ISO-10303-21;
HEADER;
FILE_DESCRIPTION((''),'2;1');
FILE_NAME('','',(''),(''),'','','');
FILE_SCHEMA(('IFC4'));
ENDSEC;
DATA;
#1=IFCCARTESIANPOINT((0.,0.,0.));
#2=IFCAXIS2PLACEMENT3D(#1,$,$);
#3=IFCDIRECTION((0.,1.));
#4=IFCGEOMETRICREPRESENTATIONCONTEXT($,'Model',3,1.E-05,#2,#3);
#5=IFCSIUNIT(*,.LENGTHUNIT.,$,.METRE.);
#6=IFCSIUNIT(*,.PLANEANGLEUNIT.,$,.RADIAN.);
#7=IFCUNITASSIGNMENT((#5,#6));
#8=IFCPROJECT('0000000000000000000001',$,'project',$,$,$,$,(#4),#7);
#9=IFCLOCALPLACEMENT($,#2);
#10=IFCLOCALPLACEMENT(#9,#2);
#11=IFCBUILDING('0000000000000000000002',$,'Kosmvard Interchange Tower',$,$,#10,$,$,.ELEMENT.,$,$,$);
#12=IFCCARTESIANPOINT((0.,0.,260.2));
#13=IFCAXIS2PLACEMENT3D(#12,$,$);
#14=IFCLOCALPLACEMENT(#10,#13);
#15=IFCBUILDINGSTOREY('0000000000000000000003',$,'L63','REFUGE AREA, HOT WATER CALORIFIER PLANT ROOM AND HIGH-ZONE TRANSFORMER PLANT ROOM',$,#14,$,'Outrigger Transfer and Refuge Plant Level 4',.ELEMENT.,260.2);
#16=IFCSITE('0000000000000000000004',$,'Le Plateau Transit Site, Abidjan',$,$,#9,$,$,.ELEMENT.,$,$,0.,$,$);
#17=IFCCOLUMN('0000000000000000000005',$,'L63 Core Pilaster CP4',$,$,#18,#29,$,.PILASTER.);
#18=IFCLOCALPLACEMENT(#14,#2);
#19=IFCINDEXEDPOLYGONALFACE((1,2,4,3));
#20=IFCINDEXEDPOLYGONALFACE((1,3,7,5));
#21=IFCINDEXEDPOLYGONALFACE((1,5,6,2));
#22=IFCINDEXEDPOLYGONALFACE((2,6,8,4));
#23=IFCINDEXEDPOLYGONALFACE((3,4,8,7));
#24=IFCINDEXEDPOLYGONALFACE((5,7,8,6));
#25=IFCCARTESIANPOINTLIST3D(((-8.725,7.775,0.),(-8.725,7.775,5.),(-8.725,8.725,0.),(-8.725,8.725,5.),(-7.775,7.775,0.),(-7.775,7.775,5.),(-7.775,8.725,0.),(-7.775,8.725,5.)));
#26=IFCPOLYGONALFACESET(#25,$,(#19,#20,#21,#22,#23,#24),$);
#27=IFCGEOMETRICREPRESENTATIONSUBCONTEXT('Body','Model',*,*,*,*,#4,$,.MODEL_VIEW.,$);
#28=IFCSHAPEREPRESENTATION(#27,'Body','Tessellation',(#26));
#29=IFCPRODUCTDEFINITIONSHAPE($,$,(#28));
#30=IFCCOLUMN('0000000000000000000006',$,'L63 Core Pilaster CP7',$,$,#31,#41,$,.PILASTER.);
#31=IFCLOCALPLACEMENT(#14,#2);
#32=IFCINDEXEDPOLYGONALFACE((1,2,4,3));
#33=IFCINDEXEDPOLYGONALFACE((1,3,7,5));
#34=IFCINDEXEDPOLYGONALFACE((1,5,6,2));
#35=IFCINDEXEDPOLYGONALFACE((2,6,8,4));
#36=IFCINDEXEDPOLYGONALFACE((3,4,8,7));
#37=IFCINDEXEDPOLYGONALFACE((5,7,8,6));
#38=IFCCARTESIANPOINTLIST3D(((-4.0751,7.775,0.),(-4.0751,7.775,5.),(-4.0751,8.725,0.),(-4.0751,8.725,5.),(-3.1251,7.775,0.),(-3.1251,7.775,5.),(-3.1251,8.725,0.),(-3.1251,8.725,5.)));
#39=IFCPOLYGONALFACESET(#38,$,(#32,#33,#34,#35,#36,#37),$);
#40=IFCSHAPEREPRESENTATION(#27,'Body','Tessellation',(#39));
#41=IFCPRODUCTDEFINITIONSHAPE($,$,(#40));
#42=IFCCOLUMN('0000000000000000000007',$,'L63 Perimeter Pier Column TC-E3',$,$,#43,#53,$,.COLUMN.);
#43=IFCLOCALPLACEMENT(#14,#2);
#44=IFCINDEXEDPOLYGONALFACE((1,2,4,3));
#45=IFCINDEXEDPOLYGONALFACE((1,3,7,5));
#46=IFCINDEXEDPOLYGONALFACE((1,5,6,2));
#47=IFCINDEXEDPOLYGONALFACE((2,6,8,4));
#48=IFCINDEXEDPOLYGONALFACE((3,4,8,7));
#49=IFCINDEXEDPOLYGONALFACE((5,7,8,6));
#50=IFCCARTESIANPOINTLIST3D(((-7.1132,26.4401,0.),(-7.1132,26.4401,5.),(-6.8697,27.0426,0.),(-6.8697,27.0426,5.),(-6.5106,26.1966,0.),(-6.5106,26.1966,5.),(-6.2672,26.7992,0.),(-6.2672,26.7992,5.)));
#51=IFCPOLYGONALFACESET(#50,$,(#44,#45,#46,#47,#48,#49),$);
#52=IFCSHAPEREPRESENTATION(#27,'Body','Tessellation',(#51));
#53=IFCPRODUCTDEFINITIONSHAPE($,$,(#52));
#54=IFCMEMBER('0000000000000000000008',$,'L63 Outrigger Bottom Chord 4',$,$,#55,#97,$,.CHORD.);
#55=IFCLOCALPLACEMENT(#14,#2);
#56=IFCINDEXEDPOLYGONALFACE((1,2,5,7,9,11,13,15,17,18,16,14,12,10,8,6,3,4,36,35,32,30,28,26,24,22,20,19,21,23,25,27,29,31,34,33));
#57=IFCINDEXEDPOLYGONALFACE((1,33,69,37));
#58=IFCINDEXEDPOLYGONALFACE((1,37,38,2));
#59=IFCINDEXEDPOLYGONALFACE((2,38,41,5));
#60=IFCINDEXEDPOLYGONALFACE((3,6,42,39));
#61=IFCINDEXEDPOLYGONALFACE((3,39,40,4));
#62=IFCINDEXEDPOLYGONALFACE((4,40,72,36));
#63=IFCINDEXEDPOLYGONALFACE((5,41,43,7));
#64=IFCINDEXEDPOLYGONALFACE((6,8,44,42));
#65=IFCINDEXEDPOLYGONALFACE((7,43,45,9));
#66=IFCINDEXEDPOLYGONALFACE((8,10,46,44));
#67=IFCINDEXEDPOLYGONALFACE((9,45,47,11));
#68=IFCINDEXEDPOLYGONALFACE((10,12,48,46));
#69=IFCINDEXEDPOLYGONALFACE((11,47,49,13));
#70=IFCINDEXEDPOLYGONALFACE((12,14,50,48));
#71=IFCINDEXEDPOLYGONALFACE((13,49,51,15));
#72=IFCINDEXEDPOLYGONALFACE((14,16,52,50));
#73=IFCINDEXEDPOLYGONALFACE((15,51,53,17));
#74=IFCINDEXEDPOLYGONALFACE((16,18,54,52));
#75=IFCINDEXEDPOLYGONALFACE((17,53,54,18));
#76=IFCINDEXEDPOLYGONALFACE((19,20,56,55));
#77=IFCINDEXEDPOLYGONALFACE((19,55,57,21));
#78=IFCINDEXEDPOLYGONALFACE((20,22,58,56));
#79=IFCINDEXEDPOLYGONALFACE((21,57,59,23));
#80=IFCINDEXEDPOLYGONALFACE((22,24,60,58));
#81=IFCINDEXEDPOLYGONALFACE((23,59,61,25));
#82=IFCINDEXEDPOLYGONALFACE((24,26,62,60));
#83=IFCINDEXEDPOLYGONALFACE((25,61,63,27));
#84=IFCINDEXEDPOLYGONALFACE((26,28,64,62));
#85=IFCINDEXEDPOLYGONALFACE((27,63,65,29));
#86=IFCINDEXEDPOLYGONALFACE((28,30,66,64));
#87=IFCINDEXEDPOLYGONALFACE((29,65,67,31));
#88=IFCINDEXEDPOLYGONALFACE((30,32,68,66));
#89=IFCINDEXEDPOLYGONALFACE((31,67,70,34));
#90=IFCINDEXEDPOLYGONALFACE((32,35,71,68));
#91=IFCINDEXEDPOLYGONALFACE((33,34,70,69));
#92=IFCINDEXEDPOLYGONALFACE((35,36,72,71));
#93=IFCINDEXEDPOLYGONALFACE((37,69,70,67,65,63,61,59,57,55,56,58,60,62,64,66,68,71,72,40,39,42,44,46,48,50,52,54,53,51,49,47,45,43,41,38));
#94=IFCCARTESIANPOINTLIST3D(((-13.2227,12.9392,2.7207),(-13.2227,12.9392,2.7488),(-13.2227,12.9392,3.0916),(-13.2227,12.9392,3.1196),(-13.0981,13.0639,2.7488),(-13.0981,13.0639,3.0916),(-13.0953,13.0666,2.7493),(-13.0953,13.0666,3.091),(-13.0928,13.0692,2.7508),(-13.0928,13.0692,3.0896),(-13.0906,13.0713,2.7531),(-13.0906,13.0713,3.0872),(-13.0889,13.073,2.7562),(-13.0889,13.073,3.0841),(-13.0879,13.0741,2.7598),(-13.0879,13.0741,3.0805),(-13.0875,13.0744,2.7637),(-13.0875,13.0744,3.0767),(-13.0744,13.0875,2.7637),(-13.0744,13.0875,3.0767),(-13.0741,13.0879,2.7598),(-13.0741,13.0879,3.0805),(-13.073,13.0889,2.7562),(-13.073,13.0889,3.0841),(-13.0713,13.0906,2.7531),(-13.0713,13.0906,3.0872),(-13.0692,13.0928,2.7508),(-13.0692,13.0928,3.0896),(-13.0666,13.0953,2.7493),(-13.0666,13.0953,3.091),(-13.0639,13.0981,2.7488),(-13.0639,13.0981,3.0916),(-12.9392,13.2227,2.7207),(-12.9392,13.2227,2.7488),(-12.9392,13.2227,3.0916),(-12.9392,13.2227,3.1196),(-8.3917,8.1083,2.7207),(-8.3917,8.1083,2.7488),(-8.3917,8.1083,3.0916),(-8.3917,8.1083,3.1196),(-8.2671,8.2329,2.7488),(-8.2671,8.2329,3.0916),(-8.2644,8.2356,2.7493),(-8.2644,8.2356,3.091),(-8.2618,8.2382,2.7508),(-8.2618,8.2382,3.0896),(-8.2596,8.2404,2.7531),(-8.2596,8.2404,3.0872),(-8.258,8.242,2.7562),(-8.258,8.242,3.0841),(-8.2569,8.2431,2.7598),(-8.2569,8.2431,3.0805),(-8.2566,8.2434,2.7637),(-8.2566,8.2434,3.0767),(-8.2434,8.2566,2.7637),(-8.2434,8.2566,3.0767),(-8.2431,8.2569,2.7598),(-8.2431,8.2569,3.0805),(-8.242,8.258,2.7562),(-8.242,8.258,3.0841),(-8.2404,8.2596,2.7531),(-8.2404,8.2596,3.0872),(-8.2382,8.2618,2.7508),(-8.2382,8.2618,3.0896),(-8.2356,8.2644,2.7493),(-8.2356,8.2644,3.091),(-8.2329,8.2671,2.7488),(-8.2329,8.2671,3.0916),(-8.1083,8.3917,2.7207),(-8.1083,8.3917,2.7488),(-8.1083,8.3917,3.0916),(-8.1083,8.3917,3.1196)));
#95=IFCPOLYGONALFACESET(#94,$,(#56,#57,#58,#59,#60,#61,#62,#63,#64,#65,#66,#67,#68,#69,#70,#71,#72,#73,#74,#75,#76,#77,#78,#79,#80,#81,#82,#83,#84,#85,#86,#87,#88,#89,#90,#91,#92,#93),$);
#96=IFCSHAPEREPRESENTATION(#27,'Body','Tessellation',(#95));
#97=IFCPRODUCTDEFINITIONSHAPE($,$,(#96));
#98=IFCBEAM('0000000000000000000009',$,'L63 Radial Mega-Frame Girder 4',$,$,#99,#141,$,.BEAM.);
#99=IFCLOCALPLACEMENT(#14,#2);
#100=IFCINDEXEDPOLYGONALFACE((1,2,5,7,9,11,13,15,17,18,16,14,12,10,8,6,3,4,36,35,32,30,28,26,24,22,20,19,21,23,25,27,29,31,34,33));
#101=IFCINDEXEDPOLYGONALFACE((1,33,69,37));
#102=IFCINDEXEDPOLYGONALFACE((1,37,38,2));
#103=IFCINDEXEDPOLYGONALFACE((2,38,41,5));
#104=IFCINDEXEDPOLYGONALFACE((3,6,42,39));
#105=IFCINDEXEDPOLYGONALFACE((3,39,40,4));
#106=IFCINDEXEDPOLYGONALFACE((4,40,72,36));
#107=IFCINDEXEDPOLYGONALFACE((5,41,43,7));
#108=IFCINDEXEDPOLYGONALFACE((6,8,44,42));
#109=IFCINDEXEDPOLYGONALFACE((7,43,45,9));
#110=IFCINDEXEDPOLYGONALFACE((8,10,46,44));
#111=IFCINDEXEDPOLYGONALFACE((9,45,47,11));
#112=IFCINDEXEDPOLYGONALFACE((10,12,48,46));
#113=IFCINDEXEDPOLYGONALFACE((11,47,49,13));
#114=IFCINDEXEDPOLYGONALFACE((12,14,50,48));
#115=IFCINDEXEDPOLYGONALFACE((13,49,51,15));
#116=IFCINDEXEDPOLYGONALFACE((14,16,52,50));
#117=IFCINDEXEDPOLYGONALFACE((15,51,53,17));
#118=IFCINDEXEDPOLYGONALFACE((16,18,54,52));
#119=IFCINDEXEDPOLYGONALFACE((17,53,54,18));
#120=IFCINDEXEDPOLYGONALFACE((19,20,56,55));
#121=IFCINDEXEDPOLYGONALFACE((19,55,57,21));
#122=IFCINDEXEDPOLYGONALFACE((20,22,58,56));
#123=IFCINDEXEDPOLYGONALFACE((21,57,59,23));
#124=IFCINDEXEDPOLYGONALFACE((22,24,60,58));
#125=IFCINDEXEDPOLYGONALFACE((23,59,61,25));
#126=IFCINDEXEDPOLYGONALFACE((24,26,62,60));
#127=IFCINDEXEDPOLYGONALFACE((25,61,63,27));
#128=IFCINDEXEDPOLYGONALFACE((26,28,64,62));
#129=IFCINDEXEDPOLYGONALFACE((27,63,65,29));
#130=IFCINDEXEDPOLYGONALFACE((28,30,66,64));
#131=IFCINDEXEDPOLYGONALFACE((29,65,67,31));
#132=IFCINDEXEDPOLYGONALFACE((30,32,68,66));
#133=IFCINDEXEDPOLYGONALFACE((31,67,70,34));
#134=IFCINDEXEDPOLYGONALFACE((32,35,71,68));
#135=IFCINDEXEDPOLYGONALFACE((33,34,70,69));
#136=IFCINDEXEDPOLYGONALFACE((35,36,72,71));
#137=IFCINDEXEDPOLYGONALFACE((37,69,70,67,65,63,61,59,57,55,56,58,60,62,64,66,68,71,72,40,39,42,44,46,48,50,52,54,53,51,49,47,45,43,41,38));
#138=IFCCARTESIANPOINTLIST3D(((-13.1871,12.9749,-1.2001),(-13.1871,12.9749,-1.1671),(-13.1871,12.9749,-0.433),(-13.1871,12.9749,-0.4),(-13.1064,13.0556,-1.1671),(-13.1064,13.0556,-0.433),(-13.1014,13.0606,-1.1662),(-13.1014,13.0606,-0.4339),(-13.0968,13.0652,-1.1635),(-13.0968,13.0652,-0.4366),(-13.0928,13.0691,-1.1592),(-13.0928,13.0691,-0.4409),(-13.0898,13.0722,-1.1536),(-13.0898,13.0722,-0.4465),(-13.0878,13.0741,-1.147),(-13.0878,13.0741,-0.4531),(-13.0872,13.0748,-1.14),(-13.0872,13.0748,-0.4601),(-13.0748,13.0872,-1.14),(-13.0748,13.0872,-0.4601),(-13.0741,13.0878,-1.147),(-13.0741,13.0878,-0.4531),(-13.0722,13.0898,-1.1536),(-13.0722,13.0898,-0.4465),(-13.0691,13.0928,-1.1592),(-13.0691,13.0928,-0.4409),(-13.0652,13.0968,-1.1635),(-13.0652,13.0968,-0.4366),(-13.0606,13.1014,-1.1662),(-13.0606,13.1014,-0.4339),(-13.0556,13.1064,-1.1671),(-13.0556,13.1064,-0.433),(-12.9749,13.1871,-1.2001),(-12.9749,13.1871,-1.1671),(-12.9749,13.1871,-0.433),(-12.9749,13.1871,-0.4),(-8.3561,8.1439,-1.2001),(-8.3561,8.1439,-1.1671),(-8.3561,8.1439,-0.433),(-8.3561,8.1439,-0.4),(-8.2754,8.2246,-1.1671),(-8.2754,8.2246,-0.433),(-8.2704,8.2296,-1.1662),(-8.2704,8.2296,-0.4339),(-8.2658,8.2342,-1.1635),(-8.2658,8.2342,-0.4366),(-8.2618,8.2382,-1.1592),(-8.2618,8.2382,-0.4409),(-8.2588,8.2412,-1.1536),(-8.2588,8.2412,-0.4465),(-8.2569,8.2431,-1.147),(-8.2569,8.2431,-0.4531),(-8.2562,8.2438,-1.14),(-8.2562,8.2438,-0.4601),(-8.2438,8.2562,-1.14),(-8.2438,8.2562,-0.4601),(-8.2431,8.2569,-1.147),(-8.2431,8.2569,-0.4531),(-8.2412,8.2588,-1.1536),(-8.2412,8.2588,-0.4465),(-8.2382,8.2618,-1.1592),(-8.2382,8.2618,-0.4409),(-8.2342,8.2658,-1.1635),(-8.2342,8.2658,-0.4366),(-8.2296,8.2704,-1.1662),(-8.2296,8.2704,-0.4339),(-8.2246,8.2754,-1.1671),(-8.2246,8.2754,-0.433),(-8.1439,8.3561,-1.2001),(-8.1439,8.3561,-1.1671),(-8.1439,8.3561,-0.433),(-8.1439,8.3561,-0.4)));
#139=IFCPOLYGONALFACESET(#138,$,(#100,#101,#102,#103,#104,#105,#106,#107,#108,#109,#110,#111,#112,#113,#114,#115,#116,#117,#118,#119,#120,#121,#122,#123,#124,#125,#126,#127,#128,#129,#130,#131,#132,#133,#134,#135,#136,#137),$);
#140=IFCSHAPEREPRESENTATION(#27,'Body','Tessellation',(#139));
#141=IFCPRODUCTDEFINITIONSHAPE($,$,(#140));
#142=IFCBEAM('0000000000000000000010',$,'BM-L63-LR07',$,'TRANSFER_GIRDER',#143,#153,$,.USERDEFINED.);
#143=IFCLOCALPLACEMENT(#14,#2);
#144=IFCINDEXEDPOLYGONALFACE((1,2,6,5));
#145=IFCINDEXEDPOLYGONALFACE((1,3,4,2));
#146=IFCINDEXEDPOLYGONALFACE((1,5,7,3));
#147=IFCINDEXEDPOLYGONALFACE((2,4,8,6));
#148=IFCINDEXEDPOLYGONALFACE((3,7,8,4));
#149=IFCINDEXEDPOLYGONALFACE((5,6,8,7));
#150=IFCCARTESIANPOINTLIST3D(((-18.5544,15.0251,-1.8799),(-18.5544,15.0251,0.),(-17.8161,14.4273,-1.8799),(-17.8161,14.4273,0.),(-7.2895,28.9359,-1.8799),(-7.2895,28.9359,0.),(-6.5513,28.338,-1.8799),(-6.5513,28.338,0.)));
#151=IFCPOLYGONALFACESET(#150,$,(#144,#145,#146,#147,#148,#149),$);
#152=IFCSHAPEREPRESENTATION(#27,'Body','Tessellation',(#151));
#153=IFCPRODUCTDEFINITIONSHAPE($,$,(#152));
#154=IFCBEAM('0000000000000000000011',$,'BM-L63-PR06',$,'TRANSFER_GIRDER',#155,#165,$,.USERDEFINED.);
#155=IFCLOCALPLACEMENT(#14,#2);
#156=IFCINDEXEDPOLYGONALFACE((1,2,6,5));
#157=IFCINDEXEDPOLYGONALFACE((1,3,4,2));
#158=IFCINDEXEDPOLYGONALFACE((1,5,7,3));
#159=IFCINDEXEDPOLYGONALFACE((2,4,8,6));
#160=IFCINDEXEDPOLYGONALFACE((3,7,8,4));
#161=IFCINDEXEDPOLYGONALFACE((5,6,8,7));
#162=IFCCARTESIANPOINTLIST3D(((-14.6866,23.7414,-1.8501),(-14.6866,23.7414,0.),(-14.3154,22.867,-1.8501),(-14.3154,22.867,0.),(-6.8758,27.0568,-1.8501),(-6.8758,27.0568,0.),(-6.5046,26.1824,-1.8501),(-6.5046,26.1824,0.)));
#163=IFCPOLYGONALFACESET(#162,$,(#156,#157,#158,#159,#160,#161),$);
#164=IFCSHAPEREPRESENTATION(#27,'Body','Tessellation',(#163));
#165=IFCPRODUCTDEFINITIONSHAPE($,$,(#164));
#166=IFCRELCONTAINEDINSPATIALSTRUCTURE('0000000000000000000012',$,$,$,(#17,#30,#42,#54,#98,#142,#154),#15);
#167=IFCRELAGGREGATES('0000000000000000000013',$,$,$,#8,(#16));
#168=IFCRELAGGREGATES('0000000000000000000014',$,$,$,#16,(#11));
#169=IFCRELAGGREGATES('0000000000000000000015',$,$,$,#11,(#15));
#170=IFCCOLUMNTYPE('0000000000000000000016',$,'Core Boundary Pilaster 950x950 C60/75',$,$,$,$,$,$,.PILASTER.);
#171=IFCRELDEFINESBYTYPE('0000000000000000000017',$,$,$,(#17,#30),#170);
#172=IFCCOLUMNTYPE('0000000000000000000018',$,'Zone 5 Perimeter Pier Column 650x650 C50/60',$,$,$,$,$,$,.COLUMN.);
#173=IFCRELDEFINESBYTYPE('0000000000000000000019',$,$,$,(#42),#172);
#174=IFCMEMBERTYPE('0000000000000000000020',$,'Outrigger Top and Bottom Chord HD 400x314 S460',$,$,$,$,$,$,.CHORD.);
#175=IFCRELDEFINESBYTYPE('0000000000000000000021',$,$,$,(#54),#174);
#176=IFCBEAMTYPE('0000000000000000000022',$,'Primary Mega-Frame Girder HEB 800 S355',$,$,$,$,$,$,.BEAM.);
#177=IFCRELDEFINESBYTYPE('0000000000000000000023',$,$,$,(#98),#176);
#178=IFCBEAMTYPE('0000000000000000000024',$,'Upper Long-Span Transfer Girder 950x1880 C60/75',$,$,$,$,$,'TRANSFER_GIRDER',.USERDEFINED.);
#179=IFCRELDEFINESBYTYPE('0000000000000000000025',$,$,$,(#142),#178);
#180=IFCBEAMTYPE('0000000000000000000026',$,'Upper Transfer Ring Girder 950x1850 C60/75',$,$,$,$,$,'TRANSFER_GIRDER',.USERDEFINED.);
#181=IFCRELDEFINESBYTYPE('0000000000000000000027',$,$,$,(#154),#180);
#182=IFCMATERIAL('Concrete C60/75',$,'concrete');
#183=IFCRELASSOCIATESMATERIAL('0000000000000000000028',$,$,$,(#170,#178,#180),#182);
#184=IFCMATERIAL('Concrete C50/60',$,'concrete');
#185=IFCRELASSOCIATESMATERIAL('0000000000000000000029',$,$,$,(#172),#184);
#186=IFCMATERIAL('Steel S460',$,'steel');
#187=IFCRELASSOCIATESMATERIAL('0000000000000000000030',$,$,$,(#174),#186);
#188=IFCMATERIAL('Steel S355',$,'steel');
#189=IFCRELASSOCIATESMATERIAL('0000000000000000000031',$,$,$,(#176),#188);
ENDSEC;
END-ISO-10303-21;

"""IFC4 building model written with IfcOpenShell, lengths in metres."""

from ifc_helpers import new_model, si_unit, direction, frame, origin, origin_2d, place, context, subcontext, project, spatial, rectangle, i_section, extrude, source, transform, mapped, material, material_profile, profile_set, type_object, element, save


model = new_model("IFC4")

# Units and contexts
model_context = context("Model", 3, precision=1e-05, world=origin(), true_north=direction((0.0, 1.0)))
body_context = subcontext(model_context, "Body", "Model", "MODEL_VIEW")
ifc_project = project(units=[si_unit("LENGTHUNIT", "METRE"), si_unit("PLANEANGLEUNIT", "RADIAN")], contexts=[model_context])

# Site, building, storey
site_placement = place(None, origin())
site = spatial("IfcSite", under=ifc_project, at=site_placement, Name="Le Plateau Transit Site, Abidjan", CompositionType="ELEMENT", RefElevation=0.0)
building_placement = place(site_placement, origin())
building = spatial("IfcBuilding", under=site, at=building_placement, Name="Kosmvard Interchange Tower", CompositionType="ELEMENT")
storey_placement = place(building_placement, frame((0.0, 0.0, 260.2)))
storey = spatial("IfcBuildingStorey", under=building, at=storey_placement, Name="L63", Description="REFUGE AREA, HOT WATER CALORIFIER PLANT ROOM AND HIGH-ZONE TRANSFORMER PLANT ROOM", LongName="Outrigger Transfer and Refuge Plant Level 4", CompositionType="ELEMENT", Elevation=260.2)

# Columns
ifc_material_1 = material(Name="Concrete C60/75", Category="concrete")
ifc_material_profile_1 = material_profile(ifc_material_1, rectangle(XDim=0.95, YDim=0.95, at=origin_2d()), Name="CP 950x950")
ifc_profile_set_1 = profile_set([ifc_material_profile_1], Name="Concrete C60/75")
column_type_1 = type_object("IfcColumnType", Name="Core Boundary Pilaster 950x950 C60/75", PredefinedType="PILASTER", material=ifc_profile_set_1)
shared_shape_1 = source(origin(), body_context, "Body", "SweptSolid", [
    extrude(rectangle(XDim=0.95, YDim=0.95, at=origin_2d()), origin(), (0.0, 0.0, 1.0), 5.0),
])
for number, where, z_axis, x_axis, name in (
    (1, (-8.25, 8.25, 0.0), (0.0, 0.0, 1.0), (1.0, 0.0, 0.0), "L63 Core Pilaster CP4"),
    (2, (-3.6001, 8.25, 0.0), (0.0, 0.0, 1.0), (1.0, 0.0, 0.0), "L63 Core Pilaster CP7"),
):
    element("IfcColumn", number, at=place(storey_placement, frame(where, z_axis=z_axis, x_axis=x_axis)), inside=storey, type_object=column_type_1, Name=name, PredefinedType="PILASTER", context=body_context, shape_type="MappedRepresentation", body=[
        mapped(shared_shape_1, transform((0.0, 0.0, 0.0), scale=1.0)),
    ])
ifc_material_2 = material(Name="Concrete C50/60", Category="concrete")
ifc_material_profile_2 = material_profile(ifc_material_2, rectangle(XDim=0.6499, YDim=0.6499, at=origin_2d()), Name="TC 650x650")
ifc_profile_set_2 = profile_set([ifc_material_profile_2], Name="Concrete C50/60")
column_type_2 = type_object("IfcColumnType", Name="Zone 5 Perimeter Pier Column 650x650 C50/60", PredefinedType="COLUMN", material=ifc_profile_set_2)
shared_shape_2 = source(origin(), body_context, "Body", "SweptSolid", [
    extrude(rectangle(XDim=0.6499, YDim=0.6499, at=origin_2d()), origin(), (0.0, 0.0, 1.0), 5.0),
])
column_placement = place(storey_placement, frame((-6.6902, 26.6196, 0.0), z_axis=(0.0, 0.0, 1.0), x_axis=(0.374607, 0.927184, 0.0)))
element("IfcColumn", 3, at=column_placement, inside=storey, type_object=column_type_2, Name="L63 Perimeter Pier Column TC-E3", PredefinedType="COLUMN", context=body_context, shape_type="MappedRepresentation", body=[
    mapped(shared_shape_2, transform((0.0, 0.0, 0.0), scale=1.0)),
])

# Member
ifc_material_3 = material(Name="Steel S460", Category="steel")
ifc_material_profile_3 = material_profile(ifc_material_3, i_section(OverallWidth=0.4009, OverallDepth=0.3989, WebThickness=0.0186, FlangeThickness=0.0281, FilletRadius=0.0149, at=origin_2d()), Name="HD 400x314")
ifc_profile_set_3 = profile_set([ifc_material_profile_3], Name="Steel S460")
member_type_1 = type_object("IfcMemberType", Name="Outrigger Top and Bottom Chord HD 400x314 S460", PredefinedType="CHORD", material=ifc_profile_set_3)
shared_shape_3 = source(origin(), body_context, "Body", "SweptSolid", [
    extrude(i_section(OverallWidth=0.4009, OverallDepth=0.3989, WebThickness=0.0186, FlangeThickness=0.0281, FilletRadius=0.0149, at=origin_2d()), origin(), (0.0, 0.0, 1.0), 6.832),
])
member_1_placement = place(storey_placement, frame((-8.25, 8.25, 2.9202), z_axis=(-0.707107, 0.707107, 0.0), x_axis=(-0.707107, -0.707107, 0.0)))
element("IfcMember", 4, at=member_1_placement, inside=storey, type_object=member_type_1, Name="L63 Outrigger Bottom Chord 4", PredefinedType="CHORD", context=body_context, shape_type="MappedRepresentation", body=[
    mapped(shared_shape_3, transform((0.0, 0.0, 0.0), scale=1.0)),
])

# Beams
ifc_material_4 = material(Name="Steel S355", Category="steel")
ifc_material_profile_4 = material_profile(ifc_material_4, i_section(OverallWidth=0.3, OverallDepth=0.8, WebThickness=0.0176, FlangeThickness=0.033, FilletRadius=0.0271, at=origin_2d()), Name="HEB 800")
ifc_profile_set_4 = profile_set([ifc_material_profile_4], Name="Steel S355")
beam_type_1 = type_object("IfcBeamType", Name="Primary Mega-Frame Girder HEB 800 S355", PredefinedType="BEAM", material=ifc_profile_set_4)
shared_shape_4 = source(origin(), body_context, "Body", "SweptSolid", [
    extrude(i_section(OverallWidth=0.3, OverallDepth=0.8, WebThickness=0.0176, FlangeThickness=0.033, FilletRadius=0.0271, at=origin_2d()), origin(), (0.0, 0.0, 1.0), 6.832),
])
beam_1_placement = place(storey_placement, frame((-8.25, 8.25, -0.8), z_axis=(-0.707107, 0.707107, 0.0), x_axis=(-0.707107, -0.707107, 0.0)))
element("IfcBeam", 5, at=beam_1_placement, inside=storey, type_object=beam_type_1, Name="L63 Radial Mega-Frame Girder 4", PredefinedType="BEAM", context=body_context, shape_type="MappedRepresentation", body=[
    mapped(shared_shape_4, transform((0.0, 0.0, 0.0), scale=1.0)),
])
ifc_material_profile_5 = material_profile(ifc_material_1, rectangle(XDim=0.95, YDim=1.8799, at=origin_2d()), Name="TG 950x1880")
ifc_profile_set_5 = profile_set([ifc_material_profile_5], Name="Concrete C60/75")
beam_type_2 = type_object("IfcBeamType", Name="Upper Long-Span Transfer Girder 950x1880 C60/75", ElementType="TRANSFER_GIRDER", PredefinedType="USERDEFINED", material=ifc_profile_set_5)
shared_shape_5 = source(origin(), body_context, "Body", "SweptSolid", [
    extrude(rectangle(XDim=0.95, YDim=1.8799, at=origin_2d()), origin(), (0.0, 0.0, 1.0), 17.8999),
])
beam_2_placement = place(storey_placement, frame((-6.9204, 28.637, -0.9399), z_axis=(-0.629323, -0.777144, 0.0), x_axis=(0.777144, -0.629323, 0.0)))
element("IfcBeam", 6, at=beam_2_placement, inside=storey, type_object=beam_type_2, Name="BM-L63-LR07", ObjectType="TRANSFER_GIRDER", PredefinedType="USERDEFINED", context=body_context, shape_type="MappedRepresentation", body=[
    mapped(shared_shape_5, transform((0.0, 0.0, 0.0), scale=1.0)),
])
ifc_material_profile_6 = material_profile(ifc_material_1, rectangle(XDim=0.95, YDim=1.8501, at=origin_2d()), Name="TG 950x1850")
ifc_profile_set_6 = profile_set([ifc_material_profile_6], Name="Concrete C60/75")
beam_type_3 = type_object("IfcBeamType", Name="Upper Transfer Ring Girder 950x1850 C60/75", ElementType="TRANSFER_GIRDER", PredefinedType="USERDEFINED", material=ifc_profile_set_6)
shared_shape_6 = source(origin(), body_context, "Body", "SweptSolid", [
    extrude(rectangle(XDim=0.95, YDim=1.8501, at=origin_2d()), origin(), (0.0, 0.0, 1.0), 8.4854),
])
beam_3_placement = place(storey_placement, frame((-6.6902, 26.6196, -0.925), z_axis=(-0.920507, -0.390726, 0.0), x_axis=(0.390726, -0.920507, 0.0)))
element("IfcBeam", 7, at=beam_3_placement, inside=storey, type_object=beam_type_3, Name="BM-L63-PR06", ObjectType="TRANSFER_GIRDER", PredefinedType="USERDEFINED", context=body_context, shape_type="MappedRepresentation", body=[
    mapped(shared_shape_6, transform((0.0, 0.0, 0.0), scale=1.0)),
])

save(model, "model.ifc")
